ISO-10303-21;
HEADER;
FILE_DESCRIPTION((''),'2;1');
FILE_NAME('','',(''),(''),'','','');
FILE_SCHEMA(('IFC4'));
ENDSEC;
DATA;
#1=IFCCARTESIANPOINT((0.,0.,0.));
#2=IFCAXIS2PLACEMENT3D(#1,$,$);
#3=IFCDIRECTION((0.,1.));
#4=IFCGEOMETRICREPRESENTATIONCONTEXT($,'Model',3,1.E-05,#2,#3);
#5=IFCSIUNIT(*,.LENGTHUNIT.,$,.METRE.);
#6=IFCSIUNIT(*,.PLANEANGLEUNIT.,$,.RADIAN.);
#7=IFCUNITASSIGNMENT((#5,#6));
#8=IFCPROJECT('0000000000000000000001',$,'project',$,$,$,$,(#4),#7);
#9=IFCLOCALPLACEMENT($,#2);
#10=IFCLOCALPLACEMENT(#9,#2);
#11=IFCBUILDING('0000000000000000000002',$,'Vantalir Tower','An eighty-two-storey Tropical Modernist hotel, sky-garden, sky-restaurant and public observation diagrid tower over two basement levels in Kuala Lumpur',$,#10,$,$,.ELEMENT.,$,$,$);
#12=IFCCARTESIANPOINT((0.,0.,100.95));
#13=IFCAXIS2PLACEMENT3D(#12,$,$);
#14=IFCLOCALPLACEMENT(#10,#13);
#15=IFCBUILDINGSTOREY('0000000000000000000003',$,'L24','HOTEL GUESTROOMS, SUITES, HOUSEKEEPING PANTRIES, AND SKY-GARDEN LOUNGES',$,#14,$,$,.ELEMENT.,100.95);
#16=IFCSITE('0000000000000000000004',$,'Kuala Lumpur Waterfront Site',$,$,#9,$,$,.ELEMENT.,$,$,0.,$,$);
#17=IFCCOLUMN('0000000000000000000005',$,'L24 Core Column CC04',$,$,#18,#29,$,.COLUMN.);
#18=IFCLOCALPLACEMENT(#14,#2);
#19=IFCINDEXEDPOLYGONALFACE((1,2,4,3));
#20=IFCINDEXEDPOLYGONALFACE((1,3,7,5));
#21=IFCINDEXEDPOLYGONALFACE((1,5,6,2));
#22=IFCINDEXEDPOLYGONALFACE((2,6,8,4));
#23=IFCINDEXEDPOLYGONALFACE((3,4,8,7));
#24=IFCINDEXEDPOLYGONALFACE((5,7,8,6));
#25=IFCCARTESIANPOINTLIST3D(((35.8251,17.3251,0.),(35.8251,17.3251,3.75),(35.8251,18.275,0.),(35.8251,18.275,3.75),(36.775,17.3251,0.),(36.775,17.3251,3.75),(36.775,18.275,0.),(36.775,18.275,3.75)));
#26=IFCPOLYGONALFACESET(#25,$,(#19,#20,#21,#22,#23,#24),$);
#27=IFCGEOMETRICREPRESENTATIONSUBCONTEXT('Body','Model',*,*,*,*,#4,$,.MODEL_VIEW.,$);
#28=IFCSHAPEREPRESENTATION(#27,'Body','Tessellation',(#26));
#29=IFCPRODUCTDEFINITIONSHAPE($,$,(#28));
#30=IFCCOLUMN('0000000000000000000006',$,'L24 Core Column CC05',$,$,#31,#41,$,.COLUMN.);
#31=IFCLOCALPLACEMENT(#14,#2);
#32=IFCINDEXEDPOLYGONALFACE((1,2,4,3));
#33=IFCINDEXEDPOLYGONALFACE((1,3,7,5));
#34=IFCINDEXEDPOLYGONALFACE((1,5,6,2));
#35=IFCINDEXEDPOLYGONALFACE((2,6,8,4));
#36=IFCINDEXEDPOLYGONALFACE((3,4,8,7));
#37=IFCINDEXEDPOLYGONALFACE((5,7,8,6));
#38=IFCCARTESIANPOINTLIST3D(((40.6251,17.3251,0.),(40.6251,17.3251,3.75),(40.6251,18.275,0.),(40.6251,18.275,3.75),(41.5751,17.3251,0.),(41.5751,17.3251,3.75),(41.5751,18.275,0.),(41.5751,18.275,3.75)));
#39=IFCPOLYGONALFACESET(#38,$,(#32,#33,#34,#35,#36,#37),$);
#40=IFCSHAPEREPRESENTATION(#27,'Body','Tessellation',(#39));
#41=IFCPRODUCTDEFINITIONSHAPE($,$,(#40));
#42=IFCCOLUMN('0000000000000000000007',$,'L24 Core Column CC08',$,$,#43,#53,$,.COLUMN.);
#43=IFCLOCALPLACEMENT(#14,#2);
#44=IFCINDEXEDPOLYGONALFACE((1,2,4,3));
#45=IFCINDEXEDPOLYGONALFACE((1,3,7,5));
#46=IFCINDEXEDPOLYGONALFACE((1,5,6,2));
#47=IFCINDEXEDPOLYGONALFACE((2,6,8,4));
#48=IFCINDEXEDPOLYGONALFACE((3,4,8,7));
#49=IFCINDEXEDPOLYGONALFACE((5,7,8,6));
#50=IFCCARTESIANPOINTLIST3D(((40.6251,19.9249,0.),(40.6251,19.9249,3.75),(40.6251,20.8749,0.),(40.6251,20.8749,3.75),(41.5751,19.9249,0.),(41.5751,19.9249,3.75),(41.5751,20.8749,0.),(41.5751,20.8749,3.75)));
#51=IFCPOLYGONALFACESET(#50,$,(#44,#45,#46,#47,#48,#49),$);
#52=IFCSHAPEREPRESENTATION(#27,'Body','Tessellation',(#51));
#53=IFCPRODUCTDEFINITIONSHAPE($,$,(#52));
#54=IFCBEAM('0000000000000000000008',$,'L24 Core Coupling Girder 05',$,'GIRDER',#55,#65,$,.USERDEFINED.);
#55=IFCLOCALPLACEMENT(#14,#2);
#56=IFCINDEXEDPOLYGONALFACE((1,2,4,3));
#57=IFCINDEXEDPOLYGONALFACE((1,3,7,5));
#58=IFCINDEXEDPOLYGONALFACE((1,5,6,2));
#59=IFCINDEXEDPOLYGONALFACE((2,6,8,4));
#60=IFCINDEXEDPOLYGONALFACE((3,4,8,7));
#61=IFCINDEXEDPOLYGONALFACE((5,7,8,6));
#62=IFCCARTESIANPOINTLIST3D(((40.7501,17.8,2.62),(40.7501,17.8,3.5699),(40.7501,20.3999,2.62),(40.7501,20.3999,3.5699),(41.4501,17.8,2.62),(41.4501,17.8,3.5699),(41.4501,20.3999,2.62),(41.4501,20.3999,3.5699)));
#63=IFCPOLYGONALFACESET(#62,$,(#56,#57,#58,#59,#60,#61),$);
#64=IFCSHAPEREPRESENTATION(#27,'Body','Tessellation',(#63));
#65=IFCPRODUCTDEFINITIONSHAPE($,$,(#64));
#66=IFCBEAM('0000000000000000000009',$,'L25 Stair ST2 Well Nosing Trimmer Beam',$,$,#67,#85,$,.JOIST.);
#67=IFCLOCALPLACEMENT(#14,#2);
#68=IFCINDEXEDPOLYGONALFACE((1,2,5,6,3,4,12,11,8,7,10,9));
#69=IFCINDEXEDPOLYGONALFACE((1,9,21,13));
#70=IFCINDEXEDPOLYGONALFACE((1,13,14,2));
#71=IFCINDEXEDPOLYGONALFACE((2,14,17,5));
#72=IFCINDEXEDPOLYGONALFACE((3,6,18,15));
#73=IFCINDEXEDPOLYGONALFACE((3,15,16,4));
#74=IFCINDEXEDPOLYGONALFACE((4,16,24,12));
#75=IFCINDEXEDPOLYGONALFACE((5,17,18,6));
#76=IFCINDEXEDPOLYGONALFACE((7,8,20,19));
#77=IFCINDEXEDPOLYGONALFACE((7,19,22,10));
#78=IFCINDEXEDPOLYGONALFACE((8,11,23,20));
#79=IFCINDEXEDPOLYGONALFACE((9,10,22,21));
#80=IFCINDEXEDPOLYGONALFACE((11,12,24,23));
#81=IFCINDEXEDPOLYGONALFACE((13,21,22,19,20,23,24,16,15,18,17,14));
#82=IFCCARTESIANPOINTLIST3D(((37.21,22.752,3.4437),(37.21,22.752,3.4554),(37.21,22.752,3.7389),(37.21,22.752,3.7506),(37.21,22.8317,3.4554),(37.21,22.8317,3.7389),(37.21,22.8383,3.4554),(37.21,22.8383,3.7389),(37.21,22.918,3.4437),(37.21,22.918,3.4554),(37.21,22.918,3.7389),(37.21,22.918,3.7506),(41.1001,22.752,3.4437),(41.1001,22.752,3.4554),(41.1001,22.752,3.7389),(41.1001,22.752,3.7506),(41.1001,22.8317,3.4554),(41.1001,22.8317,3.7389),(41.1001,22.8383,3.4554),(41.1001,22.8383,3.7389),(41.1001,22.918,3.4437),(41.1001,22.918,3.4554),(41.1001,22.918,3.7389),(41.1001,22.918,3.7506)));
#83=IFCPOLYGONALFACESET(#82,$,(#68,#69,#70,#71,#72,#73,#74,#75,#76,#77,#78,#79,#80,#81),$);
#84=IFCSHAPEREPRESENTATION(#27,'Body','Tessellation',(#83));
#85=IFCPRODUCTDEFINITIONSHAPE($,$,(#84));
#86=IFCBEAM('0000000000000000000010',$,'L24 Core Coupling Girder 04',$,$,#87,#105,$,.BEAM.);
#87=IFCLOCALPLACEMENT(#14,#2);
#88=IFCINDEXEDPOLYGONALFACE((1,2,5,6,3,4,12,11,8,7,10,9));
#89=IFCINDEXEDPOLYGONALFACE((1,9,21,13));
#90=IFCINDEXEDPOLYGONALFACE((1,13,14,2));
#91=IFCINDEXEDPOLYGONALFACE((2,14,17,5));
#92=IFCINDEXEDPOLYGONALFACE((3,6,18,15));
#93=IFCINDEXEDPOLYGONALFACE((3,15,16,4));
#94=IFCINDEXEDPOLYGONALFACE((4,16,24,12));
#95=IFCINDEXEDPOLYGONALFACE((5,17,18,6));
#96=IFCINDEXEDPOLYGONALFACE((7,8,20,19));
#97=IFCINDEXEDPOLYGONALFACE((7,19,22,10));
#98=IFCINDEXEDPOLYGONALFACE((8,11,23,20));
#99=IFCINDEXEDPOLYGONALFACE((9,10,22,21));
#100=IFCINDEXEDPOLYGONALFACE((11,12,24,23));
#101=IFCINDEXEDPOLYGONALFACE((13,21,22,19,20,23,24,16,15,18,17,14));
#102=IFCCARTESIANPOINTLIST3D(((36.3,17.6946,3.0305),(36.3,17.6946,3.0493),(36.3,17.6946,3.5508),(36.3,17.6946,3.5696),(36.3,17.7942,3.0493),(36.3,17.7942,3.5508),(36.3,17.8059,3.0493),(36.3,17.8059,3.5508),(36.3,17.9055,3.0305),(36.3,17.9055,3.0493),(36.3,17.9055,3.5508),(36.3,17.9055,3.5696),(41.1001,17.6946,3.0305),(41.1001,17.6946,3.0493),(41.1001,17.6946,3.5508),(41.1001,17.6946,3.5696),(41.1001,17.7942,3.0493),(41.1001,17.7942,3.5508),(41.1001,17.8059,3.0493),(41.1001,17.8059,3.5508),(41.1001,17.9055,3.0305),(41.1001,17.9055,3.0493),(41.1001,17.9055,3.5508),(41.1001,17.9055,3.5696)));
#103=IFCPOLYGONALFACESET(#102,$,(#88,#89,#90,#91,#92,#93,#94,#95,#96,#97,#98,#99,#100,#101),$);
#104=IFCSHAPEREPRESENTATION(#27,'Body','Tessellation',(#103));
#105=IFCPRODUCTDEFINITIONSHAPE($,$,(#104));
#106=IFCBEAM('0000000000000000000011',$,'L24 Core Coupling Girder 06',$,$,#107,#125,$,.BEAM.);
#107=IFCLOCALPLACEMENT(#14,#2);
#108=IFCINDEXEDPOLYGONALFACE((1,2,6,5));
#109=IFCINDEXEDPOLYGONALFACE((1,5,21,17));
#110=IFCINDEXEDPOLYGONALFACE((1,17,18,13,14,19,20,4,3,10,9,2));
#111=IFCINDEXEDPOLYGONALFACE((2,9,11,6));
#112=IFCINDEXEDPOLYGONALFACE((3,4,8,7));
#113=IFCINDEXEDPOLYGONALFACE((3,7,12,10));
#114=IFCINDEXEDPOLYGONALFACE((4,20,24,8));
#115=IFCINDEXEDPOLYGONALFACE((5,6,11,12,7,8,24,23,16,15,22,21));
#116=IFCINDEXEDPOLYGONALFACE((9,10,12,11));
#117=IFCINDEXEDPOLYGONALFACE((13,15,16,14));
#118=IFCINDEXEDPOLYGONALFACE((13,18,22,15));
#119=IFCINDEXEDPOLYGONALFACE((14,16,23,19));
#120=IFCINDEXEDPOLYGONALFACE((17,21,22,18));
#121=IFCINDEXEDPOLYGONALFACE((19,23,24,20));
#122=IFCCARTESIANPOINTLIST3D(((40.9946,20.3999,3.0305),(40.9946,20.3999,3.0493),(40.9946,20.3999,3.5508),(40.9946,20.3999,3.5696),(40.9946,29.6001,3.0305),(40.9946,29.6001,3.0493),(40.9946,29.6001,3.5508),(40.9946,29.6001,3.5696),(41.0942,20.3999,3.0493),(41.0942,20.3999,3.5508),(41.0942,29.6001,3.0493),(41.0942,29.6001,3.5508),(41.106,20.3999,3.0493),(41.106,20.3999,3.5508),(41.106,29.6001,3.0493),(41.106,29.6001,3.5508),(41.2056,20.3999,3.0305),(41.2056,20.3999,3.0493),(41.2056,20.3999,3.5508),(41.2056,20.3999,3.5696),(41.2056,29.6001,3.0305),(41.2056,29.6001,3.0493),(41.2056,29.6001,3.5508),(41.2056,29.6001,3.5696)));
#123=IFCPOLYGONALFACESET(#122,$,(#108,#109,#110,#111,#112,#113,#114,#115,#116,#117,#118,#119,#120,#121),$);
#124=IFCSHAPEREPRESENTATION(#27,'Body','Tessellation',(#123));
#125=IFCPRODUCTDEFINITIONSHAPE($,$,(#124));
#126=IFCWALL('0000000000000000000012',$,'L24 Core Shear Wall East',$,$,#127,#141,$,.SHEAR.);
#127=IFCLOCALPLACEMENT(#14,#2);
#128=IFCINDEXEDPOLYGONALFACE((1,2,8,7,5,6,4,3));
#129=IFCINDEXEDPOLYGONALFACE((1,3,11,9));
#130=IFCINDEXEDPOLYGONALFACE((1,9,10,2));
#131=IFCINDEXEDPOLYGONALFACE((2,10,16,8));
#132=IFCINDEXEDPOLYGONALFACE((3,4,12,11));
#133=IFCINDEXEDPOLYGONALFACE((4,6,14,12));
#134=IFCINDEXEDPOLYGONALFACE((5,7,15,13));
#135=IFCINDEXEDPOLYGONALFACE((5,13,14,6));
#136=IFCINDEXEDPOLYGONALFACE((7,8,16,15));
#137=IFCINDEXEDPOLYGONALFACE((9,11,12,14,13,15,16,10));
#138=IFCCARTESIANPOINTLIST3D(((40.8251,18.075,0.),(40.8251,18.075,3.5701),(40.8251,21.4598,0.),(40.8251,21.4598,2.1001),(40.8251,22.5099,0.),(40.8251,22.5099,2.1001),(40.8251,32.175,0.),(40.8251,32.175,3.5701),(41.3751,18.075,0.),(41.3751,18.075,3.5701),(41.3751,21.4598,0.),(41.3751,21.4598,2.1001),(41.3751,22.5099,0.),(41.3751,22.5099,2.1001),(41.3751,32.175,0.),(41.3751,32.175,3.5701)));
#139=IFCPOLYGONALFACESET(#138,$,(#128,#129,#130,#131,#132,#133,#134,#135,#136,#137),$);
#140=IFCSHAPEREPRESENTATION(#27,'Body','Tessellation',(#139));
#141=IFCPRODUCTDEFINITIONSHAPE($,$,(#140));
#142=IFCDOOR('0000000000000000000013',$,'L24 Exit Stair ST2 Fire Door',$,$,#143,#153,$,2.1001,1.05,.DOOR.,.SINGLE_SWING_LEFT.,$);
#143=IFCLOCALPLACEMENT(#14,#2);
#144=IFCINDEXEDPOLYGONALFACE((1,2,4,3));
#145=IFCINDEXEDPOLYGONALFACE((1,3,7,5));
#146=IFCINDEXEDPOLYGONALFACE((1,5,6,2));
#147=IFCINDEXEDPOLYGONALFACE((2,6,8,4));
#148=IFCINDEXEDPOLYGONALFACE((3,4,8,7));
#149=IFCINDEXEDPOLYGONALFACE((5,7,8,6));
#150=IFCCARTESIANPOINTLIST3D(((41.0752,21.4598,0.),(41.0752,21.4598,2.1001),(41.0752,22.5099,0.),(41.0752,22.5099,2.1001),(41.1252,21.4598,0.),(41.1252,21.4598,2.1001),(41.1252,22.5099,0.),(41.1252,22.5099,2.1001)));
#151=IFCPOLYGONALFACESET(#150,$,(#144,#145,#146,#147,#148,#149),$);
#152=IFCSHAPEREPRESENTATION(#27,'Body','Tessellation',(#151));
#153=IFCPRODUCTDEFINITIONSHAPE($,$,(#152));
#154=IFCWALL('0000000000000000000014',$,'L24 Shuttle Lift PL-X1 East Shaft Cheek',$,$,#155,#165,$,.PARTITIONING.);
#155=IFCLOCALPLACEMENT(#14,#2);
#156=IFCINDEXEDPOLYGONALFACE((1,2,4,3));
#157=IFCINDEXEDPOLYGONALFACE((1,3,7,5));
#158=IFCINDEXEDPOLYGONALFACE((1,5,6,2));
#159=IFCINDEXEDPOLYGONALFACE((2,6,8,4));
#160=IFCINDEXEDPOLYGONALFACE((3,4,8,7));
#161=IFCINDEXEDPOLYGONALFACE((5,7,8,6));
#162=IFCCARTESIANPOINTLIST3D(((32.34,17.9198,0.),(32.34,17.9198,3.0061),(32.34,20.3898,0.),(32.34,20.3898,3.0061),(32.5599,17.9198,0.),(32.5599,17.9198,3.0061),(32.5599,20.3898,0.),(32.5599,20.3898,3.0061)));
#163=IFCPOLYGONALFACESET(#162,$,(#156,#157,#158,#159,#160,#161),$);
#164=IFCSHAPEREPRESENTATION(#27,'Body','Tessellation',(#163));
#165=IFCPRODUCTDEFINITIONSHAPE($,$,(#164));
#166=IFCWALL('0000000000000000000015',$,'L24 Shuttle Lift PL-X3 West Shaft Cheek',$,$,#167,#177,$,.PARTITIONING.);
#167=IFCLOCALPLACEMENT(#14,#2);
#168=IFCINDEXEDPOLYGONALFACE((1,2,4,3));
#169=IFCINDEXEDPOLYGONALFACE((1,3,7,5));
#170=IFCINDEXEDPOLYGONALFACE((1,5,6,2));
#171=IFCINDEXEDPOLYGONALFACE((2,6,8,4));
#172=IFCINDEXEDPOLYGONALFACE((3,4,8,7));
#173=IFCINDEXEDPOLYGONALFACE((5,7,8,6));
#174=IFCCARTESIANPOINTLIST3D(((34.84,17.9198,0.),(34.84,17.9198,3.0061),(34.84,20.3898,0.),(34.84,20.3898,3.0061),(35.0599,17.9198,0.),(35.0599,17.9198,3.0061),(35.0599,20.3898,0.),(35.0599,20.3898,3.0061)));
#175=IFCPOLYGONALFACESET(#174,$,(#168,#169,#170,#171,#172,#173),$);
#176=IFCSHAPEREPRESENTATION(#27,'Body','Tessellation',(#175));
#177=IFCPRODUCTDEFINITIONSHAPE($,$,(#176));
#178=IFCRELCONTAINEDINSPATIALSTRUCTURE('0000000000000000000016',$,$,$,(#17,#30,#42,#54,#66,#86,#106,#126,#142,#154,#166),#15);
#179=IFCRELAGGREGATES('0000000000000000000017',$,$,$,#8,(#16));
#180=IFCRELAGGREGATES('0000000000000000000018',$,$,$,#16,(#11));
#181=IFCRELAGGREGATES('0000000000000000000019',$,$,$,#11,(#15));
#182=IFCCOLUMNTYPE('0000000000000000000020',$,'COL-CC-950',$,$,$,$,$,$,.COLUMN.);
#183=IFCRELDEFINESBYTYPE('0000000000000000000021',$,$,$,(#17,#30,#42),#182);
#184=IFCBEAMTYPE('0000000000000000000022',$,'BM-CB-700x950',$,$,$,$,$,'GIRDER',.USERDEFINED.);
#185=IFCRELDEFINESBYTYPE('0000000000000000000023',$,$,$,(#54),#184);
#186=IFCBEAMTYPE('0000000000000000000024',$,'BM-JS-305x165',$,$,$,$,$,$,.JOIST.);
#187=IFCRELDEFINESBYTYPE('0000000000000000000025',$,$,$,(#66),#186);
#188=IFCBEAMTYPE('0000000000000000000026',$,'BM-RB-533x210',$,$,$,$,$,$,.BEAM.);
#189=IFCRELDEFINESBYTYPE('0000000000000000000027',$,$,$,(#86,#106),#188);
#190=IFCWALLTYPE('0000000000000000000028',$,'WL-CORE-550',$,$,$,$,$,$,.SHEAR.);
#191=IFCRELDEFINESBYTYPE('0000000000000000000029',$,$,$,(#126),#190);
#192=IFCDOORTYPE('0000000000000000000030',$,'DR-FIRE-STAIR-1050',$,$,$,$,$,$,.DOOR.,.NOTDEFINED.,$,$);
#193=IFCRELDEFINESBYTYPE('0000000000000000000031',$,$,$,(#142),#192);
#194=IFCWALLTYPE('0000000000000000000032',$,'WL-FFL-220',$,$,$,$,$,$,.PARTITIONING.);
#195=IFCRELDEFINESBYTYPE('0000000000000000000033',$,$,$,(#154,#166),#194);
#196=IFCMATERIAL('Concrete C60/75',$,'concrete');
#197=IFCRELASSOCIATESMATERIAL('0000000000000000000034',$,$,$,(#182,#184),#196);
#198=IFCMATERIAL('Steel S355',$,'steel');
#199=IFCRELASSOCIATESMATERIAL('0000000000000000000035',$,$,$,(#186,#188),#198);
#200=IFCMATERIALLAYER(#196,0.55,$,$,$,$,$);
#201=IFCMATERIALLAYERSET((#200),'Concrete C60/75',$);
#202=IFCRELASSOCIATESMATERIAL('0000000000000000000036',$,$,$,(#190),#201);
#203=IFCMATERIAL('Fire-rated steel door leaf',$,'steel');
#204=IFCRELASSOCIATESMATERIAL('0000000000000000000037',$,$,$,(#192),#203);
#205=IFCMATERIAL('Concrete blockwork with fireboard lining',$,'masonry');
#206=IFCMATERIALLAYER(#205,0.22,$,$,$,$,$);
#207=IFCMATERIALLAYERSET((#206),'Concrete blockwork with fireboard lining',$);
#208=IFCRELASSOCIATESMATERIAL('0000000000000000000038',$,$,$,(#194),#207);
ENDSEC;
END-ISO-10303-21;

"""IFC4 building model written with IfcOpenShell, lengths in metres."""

from ifc_helpers import new_model, si_unit, direction, frame, frame_2d, origin, origin_2d, place, context, subcontext, project, spatial, rectangle, i_section, extrude, material, layer, layer_set, material_profile, profile_set, type_object, element, fill, save


model = new_model("IFC4")

# Units and contexts
model_context = context("Model", 3, precision=1e-05, world=origin(), true_north=direction((0.0, 1.0)))
body_context = subcontext(model_context, "Body", "Model", "MODEL_VIEW")
ifc_project = project(units=[si_unit("LENGTHUNIT", "METRE"), si_unit("PLANEANGLEUNIT", "RADIAN")], contexts=[model_context])

# Site, building, storey
site_placement = place(None, origin())
site = spatial("IfcSite", under=ifc_project, at=site_placement, Name="Kuala Lumpur Waterfront Site", CompositionType="ELEMENT", RefElevation=0.0)
building_placement = place(site_placement, origin())
building = spatial("IfcBuilding", under=site, at=building_placement, Name="Vantalir Tower", Description="An eighty-two-storey Tropical Modernist hotel, sky-garden, sky-restaurant and public observation diagrid tower over two basement levels in Kuala Lumpur", CompositionType="ELEMENT")
storey_placement = place(building_placement, frame((0.0, 0.0, 100.95)))
storey = spatial("IfcBuildingStorey", under=building, at=storey_placement, Name="L24", Description="HOTEL GUESTROOMS, SUITES, HOUSEKEEPING PANTRIES, AND SKY-GARDEN LOUNGES", CompositionType="ELEMENT", Elevation=100.95)

# Columns
ifc_material_1 = material(Name="Concrete C60/75", Category="concrete")
ifc_material_profile_1 = material_profile(ifc_material_1, rectangle(XDim=0.95, YDim=0.95, at=origin_2d()), Name="Concrete C60/75")
ifc_profile_set_1 = profile_set([ifc_material_profile_1], Name="Concrete C60/75")
column_type = type_object("IfcColumnType", Name="COL-CC-950", PredefinedType="COLUMN", material=ifc_profile_set_1)
for number, where, z_axis, x_axis, name in (
    (1, (36.3, 17.8, 0.0), (0.0, 0.0, 1.0), (1.0, 0.0, 0.0), "L24 Core Column CC04"),
    (2, (41.1001, 17.8, 0.0), (0.0, 0.0, 1.0), (1.0, 0.0, 0.0), "L24 Core Column CC05"),
    (3, (41.1001, 20.3999, 0.0), (0.0, 0.0, 1.0), (1.0, 0.0, 0.0), "L24 Core Column CC08"),
):
    element("IfcColumn", number, at=place(storey_placement, frame(where, z_axis=z_axis, x_axis=x_axis)), inside=storey, type_object=column_type, Name=name, PredefinedType="COLUMN", context=body_context, shape_type="SweptSolid", body=[
        extrude(rectangle(XDim=0.95, YDim=0.95, at=origin_2d()), origin(), (0.0, 0.0, 1.0), 3.75),
    ])

# Beams
ifc_material_profile_2 = material_profile(ifc_material_1, rectangle(XDim=0.7, YDim=0.95, at=origin_2d()), Name="Concrete C60/75")
ifc_profile_set_2 = profile_set([ifc_material_profile_2], Name="Concrete C60/75")
beam_type_1 = type_object("IfcBeamType", Name="BM-CB-700x950", ElementType="GIRDER", PredefinedType="USERDEFINED", material=ifc_profile_set_2)
beam_1_placement = place(storey_placement, frame((41.1001, 17.8, 3.095), z_axis=(0.0, 1.0, 0.0), x_axis=(-1.0, 0.0, 0.0)))
element("IfcBeam", 4, at=beam_1_placement, inside=storey, type_object=beam_type_1, Name="L24 Core Coupling Girder 05", ObjectType="GIRDER", PredefinedType="USERDEFINED", context=body_context, shape_type="SweptSolid", body=[
    extrude(rectangle(XDim=0.7, YDim=0.95, at=origin_2d()), origin(), (0.0, 0.0, 1.0), 2.5999),
])
ifc_material_2 = material(Name="Steel S355", Category="steel")
ifc_material_profile_3 = material_profile(ifc_material_2, i_section(OverallWidth=0.166, OverallDepth=0.3069, WebThickness=0.0066, FlangeThickness=0.0117, at=origin_2d()), Name="Steel S355")
ifc_profile_set_3 = profile_set([ifc_material_profile_3], Name="Steel S355")
beam_type_2 = type_object("IfcBeamType", Name="BM-JS-305x165", PredefinedType="JOIST", material=ifc_profile_set_3)
beam_2_placement = place(storey_placement, frame((37.21, 22.835, 3.5972), z_axis=(1.0, 0.0, 0.0), x_axis=(0.0, 1.0, 0.0)))
element("IfcBeam", 5, at=beam_2_placement, inside=storey, type_object=beam_type_2, Name="L25 Stair ST2 Well Nosing Trimmer Beam", PredefinedType="JOIST", context=body_context, shape_type="SweptSolid", body=[
    extrude(i_section(OverallWidth=0.166, OverallDepth=0.3069, WebThickness=0.0066, FlangeThickness=0.0117, at=origin_2d()), origin(), (0.0, 0.0, 1.0), 3.8901),
])
ifc_material_profile_4 = material_profile(ifc_material_2, i_section(OverallWidth=0.2109, OverallDepth=0.5391, WebThickness=0.0117, FlangeThickness=0.0188, at=origin_2d()), Name="Steel S355")
ifc_profile_set_4 = profile_set([ifc_material_profile_4], Name="Steel S355")
beam_type_3 = type_object("IfcBeamType", Name="BM-RB-533x210", PredefinedType="BEAM", material=ifc_profile_set_4)
beam_3_placement = place(storey_placement, frame((36.3, 17.8, 3.3), z_axis=(1.0, 0.0, 0.0), x_axis=(0.0, 1.0, 0.0)))
element("IfcBeam", 6, at=beam_3_placement, inside=storey, type_object=beam_type_3, Name="L24 Core Coupling Girder 04", PredefinedType="BEAM", context=body_context, shape_type="SweptSolid", body=[
    extrude(i_section(OverallWidth=0.2109, OverallDepth=0.5391, WebThickness=0.0117, FlangeThickness=0.0188, at=origin_2d()), origin(), (0.0, 0.0, 1.0), 4.8),
])
beam_4_placement = place(storey_placement, frame((41.1001, 20.3999, 3.3), z_axis=(0.0, 1.0, 0.0), x_axis=(-1.0, 0.0, 0.0)))
element("IfcBeam", 7, at=beam_4_placement, inside=storey, type_object=beam_type_3, Name="L24 Core Coupling Girder 06", PredefinedType="BEAM", context=body_context, shape_type="SweptSolid", body=[
    extrude(i_section(OverallWidth=0.2109, OverallDepth=0.5391, WebThickness=0.0117, FlangeThickness=0.0188, at=origin_2d()), origin(), (0.0, 0.0, 1.0), 9.2002),
])

# Wall, opening, door
ifc_layer_1 = layer(ifc_material_1, 0.55)
ifc_layer_set_1 = layer_set([ifc_layer_1], Name="Concrete C60/75")
wall_type_1 = type_object("IfcWallType", Name="WL-CORE-550", PredefinedType="SHEAR", material=ifc_layer_set_1)
wall_1_placement = place(storey_placement, frame((41.1001, 18.075, 0.0), z_axis=(0.0, 0.0, 1.0), x_axis=(0.0, 1.0, 0.0)))
wall_1 = element("IfcWall", 8, at=wall_1_placement, inside=storey, type_object=wall_type_1, Name="L24 Core Shear Wall East", PredefinedType="SHEAR", context=body_context, shape_type="SweptSolid", body=[
    extrude(rectangle(XDim=14.1001, YDim=0.55, at=frame_2d((7.05, 0.0))), origin(), (0.0, 0.0, 1.0), 3.5701),
])
opening_1_placement = place(wall_1_placement, frame((3.385, 0.0, 0.0)))
opening_1 = element("IfcOpeningElement", 9, at=opening_1_placement, cuts=wall_1, PredefinedType="OPENING", context=body_context, shape_type="SweptSolid", body=[
    extrude(rectangle(XDim=1.05, YDim=2.1001, at=frame_2d((0.5249, 1.05))), frame((0.0, 0.2849, 0.0), z_axis=(0.0, -1.0, 0.0), x_axis=(1.0, 0.0, 0.0)), (0.0, 0.0, 1.0), 0.5701),
])
ifc_material_3 = material(Name="Fire-rated steel door leaf", Category="steel")
door_type_1 = type_object("IfcDoorType", Name="DR-FIRE-STAIR-1050", OperationType="NOTDEFINED", PredefinedType="DOOR", material=ifc_material_3)
door_1_placement = place(opening_1_placement, origin())
door_1 = element("IfcDoor", 10, at=door_1_placement, inside=storey, type_object=door_type_1, Name="L24 Exit Stair ST2 Fire Door", OperationType="SINGLE_SWING_LEFT", OverallHeight=2.1001, OverallWidth=1.05, PredefinedType="DOOR", context=body_context, shape_type="SweptSolid", body=[
    extrude(rectangle(XDim=1.05, YDim=2.1001, at=frame_2d((0.5249, 1.05))), frame((0.0, 0.0249, 0.0), z_axis=(0.0, -1.0, 0.0), x_axis=(1.0, 0.0, 0.0)), (0.0, 0.0, 1.0), 0.05),
])
fill(opening_1, door_1)

# Walls
ifc_material_4 = material(Name="Concrete blockwork with fireboard lining", Category="masonry")
ifc_layer_2 = layer(ifc_material_4, 0.22)
ifc_layer_set_2 = layer_set([ifc_layer_2], Name="Concrete blockwork with fireboard lining")
wall_type_2 = type_object("IfcWallType", Name="WL-FFL-220", PredefinedType="PARTITIONING", material=ifc_layer_set_2)
for number, where, z_axis, x_axis, name in (
    (11, (32.45, 17.9199, 0.0), (0.0, 0.0, 1.0), (0.0, 1.0, 0.0), "L24 Shuttle Lift PL-X1 East Shaft Cheek"),
    (12, (34.95, 17.9199, 0.0), (0.0, 0.0, 1.0), (0.0, 1.0, 0.0), "L24 Shuttle Lift PL-X3 West Shaft Cheek"),
):
    element("IfcWall", number, at=place(storey_placement, frame(where, z_axis=z_axis, x_axis=x_axis)), inside=storey, type_object=wall_type_2, Name=name, PredefinedType="PARTITIONING", context=body_context, shape_type="SweptSolid", body=[
        extrude(rectangle(XDim=2.47, YDim=0.22, at=frame_2d((1.2349, 0.0))), origin(), (0.0, 0.0, 1.0), 3.0061),
    ])

save(model, "model.ifc")
